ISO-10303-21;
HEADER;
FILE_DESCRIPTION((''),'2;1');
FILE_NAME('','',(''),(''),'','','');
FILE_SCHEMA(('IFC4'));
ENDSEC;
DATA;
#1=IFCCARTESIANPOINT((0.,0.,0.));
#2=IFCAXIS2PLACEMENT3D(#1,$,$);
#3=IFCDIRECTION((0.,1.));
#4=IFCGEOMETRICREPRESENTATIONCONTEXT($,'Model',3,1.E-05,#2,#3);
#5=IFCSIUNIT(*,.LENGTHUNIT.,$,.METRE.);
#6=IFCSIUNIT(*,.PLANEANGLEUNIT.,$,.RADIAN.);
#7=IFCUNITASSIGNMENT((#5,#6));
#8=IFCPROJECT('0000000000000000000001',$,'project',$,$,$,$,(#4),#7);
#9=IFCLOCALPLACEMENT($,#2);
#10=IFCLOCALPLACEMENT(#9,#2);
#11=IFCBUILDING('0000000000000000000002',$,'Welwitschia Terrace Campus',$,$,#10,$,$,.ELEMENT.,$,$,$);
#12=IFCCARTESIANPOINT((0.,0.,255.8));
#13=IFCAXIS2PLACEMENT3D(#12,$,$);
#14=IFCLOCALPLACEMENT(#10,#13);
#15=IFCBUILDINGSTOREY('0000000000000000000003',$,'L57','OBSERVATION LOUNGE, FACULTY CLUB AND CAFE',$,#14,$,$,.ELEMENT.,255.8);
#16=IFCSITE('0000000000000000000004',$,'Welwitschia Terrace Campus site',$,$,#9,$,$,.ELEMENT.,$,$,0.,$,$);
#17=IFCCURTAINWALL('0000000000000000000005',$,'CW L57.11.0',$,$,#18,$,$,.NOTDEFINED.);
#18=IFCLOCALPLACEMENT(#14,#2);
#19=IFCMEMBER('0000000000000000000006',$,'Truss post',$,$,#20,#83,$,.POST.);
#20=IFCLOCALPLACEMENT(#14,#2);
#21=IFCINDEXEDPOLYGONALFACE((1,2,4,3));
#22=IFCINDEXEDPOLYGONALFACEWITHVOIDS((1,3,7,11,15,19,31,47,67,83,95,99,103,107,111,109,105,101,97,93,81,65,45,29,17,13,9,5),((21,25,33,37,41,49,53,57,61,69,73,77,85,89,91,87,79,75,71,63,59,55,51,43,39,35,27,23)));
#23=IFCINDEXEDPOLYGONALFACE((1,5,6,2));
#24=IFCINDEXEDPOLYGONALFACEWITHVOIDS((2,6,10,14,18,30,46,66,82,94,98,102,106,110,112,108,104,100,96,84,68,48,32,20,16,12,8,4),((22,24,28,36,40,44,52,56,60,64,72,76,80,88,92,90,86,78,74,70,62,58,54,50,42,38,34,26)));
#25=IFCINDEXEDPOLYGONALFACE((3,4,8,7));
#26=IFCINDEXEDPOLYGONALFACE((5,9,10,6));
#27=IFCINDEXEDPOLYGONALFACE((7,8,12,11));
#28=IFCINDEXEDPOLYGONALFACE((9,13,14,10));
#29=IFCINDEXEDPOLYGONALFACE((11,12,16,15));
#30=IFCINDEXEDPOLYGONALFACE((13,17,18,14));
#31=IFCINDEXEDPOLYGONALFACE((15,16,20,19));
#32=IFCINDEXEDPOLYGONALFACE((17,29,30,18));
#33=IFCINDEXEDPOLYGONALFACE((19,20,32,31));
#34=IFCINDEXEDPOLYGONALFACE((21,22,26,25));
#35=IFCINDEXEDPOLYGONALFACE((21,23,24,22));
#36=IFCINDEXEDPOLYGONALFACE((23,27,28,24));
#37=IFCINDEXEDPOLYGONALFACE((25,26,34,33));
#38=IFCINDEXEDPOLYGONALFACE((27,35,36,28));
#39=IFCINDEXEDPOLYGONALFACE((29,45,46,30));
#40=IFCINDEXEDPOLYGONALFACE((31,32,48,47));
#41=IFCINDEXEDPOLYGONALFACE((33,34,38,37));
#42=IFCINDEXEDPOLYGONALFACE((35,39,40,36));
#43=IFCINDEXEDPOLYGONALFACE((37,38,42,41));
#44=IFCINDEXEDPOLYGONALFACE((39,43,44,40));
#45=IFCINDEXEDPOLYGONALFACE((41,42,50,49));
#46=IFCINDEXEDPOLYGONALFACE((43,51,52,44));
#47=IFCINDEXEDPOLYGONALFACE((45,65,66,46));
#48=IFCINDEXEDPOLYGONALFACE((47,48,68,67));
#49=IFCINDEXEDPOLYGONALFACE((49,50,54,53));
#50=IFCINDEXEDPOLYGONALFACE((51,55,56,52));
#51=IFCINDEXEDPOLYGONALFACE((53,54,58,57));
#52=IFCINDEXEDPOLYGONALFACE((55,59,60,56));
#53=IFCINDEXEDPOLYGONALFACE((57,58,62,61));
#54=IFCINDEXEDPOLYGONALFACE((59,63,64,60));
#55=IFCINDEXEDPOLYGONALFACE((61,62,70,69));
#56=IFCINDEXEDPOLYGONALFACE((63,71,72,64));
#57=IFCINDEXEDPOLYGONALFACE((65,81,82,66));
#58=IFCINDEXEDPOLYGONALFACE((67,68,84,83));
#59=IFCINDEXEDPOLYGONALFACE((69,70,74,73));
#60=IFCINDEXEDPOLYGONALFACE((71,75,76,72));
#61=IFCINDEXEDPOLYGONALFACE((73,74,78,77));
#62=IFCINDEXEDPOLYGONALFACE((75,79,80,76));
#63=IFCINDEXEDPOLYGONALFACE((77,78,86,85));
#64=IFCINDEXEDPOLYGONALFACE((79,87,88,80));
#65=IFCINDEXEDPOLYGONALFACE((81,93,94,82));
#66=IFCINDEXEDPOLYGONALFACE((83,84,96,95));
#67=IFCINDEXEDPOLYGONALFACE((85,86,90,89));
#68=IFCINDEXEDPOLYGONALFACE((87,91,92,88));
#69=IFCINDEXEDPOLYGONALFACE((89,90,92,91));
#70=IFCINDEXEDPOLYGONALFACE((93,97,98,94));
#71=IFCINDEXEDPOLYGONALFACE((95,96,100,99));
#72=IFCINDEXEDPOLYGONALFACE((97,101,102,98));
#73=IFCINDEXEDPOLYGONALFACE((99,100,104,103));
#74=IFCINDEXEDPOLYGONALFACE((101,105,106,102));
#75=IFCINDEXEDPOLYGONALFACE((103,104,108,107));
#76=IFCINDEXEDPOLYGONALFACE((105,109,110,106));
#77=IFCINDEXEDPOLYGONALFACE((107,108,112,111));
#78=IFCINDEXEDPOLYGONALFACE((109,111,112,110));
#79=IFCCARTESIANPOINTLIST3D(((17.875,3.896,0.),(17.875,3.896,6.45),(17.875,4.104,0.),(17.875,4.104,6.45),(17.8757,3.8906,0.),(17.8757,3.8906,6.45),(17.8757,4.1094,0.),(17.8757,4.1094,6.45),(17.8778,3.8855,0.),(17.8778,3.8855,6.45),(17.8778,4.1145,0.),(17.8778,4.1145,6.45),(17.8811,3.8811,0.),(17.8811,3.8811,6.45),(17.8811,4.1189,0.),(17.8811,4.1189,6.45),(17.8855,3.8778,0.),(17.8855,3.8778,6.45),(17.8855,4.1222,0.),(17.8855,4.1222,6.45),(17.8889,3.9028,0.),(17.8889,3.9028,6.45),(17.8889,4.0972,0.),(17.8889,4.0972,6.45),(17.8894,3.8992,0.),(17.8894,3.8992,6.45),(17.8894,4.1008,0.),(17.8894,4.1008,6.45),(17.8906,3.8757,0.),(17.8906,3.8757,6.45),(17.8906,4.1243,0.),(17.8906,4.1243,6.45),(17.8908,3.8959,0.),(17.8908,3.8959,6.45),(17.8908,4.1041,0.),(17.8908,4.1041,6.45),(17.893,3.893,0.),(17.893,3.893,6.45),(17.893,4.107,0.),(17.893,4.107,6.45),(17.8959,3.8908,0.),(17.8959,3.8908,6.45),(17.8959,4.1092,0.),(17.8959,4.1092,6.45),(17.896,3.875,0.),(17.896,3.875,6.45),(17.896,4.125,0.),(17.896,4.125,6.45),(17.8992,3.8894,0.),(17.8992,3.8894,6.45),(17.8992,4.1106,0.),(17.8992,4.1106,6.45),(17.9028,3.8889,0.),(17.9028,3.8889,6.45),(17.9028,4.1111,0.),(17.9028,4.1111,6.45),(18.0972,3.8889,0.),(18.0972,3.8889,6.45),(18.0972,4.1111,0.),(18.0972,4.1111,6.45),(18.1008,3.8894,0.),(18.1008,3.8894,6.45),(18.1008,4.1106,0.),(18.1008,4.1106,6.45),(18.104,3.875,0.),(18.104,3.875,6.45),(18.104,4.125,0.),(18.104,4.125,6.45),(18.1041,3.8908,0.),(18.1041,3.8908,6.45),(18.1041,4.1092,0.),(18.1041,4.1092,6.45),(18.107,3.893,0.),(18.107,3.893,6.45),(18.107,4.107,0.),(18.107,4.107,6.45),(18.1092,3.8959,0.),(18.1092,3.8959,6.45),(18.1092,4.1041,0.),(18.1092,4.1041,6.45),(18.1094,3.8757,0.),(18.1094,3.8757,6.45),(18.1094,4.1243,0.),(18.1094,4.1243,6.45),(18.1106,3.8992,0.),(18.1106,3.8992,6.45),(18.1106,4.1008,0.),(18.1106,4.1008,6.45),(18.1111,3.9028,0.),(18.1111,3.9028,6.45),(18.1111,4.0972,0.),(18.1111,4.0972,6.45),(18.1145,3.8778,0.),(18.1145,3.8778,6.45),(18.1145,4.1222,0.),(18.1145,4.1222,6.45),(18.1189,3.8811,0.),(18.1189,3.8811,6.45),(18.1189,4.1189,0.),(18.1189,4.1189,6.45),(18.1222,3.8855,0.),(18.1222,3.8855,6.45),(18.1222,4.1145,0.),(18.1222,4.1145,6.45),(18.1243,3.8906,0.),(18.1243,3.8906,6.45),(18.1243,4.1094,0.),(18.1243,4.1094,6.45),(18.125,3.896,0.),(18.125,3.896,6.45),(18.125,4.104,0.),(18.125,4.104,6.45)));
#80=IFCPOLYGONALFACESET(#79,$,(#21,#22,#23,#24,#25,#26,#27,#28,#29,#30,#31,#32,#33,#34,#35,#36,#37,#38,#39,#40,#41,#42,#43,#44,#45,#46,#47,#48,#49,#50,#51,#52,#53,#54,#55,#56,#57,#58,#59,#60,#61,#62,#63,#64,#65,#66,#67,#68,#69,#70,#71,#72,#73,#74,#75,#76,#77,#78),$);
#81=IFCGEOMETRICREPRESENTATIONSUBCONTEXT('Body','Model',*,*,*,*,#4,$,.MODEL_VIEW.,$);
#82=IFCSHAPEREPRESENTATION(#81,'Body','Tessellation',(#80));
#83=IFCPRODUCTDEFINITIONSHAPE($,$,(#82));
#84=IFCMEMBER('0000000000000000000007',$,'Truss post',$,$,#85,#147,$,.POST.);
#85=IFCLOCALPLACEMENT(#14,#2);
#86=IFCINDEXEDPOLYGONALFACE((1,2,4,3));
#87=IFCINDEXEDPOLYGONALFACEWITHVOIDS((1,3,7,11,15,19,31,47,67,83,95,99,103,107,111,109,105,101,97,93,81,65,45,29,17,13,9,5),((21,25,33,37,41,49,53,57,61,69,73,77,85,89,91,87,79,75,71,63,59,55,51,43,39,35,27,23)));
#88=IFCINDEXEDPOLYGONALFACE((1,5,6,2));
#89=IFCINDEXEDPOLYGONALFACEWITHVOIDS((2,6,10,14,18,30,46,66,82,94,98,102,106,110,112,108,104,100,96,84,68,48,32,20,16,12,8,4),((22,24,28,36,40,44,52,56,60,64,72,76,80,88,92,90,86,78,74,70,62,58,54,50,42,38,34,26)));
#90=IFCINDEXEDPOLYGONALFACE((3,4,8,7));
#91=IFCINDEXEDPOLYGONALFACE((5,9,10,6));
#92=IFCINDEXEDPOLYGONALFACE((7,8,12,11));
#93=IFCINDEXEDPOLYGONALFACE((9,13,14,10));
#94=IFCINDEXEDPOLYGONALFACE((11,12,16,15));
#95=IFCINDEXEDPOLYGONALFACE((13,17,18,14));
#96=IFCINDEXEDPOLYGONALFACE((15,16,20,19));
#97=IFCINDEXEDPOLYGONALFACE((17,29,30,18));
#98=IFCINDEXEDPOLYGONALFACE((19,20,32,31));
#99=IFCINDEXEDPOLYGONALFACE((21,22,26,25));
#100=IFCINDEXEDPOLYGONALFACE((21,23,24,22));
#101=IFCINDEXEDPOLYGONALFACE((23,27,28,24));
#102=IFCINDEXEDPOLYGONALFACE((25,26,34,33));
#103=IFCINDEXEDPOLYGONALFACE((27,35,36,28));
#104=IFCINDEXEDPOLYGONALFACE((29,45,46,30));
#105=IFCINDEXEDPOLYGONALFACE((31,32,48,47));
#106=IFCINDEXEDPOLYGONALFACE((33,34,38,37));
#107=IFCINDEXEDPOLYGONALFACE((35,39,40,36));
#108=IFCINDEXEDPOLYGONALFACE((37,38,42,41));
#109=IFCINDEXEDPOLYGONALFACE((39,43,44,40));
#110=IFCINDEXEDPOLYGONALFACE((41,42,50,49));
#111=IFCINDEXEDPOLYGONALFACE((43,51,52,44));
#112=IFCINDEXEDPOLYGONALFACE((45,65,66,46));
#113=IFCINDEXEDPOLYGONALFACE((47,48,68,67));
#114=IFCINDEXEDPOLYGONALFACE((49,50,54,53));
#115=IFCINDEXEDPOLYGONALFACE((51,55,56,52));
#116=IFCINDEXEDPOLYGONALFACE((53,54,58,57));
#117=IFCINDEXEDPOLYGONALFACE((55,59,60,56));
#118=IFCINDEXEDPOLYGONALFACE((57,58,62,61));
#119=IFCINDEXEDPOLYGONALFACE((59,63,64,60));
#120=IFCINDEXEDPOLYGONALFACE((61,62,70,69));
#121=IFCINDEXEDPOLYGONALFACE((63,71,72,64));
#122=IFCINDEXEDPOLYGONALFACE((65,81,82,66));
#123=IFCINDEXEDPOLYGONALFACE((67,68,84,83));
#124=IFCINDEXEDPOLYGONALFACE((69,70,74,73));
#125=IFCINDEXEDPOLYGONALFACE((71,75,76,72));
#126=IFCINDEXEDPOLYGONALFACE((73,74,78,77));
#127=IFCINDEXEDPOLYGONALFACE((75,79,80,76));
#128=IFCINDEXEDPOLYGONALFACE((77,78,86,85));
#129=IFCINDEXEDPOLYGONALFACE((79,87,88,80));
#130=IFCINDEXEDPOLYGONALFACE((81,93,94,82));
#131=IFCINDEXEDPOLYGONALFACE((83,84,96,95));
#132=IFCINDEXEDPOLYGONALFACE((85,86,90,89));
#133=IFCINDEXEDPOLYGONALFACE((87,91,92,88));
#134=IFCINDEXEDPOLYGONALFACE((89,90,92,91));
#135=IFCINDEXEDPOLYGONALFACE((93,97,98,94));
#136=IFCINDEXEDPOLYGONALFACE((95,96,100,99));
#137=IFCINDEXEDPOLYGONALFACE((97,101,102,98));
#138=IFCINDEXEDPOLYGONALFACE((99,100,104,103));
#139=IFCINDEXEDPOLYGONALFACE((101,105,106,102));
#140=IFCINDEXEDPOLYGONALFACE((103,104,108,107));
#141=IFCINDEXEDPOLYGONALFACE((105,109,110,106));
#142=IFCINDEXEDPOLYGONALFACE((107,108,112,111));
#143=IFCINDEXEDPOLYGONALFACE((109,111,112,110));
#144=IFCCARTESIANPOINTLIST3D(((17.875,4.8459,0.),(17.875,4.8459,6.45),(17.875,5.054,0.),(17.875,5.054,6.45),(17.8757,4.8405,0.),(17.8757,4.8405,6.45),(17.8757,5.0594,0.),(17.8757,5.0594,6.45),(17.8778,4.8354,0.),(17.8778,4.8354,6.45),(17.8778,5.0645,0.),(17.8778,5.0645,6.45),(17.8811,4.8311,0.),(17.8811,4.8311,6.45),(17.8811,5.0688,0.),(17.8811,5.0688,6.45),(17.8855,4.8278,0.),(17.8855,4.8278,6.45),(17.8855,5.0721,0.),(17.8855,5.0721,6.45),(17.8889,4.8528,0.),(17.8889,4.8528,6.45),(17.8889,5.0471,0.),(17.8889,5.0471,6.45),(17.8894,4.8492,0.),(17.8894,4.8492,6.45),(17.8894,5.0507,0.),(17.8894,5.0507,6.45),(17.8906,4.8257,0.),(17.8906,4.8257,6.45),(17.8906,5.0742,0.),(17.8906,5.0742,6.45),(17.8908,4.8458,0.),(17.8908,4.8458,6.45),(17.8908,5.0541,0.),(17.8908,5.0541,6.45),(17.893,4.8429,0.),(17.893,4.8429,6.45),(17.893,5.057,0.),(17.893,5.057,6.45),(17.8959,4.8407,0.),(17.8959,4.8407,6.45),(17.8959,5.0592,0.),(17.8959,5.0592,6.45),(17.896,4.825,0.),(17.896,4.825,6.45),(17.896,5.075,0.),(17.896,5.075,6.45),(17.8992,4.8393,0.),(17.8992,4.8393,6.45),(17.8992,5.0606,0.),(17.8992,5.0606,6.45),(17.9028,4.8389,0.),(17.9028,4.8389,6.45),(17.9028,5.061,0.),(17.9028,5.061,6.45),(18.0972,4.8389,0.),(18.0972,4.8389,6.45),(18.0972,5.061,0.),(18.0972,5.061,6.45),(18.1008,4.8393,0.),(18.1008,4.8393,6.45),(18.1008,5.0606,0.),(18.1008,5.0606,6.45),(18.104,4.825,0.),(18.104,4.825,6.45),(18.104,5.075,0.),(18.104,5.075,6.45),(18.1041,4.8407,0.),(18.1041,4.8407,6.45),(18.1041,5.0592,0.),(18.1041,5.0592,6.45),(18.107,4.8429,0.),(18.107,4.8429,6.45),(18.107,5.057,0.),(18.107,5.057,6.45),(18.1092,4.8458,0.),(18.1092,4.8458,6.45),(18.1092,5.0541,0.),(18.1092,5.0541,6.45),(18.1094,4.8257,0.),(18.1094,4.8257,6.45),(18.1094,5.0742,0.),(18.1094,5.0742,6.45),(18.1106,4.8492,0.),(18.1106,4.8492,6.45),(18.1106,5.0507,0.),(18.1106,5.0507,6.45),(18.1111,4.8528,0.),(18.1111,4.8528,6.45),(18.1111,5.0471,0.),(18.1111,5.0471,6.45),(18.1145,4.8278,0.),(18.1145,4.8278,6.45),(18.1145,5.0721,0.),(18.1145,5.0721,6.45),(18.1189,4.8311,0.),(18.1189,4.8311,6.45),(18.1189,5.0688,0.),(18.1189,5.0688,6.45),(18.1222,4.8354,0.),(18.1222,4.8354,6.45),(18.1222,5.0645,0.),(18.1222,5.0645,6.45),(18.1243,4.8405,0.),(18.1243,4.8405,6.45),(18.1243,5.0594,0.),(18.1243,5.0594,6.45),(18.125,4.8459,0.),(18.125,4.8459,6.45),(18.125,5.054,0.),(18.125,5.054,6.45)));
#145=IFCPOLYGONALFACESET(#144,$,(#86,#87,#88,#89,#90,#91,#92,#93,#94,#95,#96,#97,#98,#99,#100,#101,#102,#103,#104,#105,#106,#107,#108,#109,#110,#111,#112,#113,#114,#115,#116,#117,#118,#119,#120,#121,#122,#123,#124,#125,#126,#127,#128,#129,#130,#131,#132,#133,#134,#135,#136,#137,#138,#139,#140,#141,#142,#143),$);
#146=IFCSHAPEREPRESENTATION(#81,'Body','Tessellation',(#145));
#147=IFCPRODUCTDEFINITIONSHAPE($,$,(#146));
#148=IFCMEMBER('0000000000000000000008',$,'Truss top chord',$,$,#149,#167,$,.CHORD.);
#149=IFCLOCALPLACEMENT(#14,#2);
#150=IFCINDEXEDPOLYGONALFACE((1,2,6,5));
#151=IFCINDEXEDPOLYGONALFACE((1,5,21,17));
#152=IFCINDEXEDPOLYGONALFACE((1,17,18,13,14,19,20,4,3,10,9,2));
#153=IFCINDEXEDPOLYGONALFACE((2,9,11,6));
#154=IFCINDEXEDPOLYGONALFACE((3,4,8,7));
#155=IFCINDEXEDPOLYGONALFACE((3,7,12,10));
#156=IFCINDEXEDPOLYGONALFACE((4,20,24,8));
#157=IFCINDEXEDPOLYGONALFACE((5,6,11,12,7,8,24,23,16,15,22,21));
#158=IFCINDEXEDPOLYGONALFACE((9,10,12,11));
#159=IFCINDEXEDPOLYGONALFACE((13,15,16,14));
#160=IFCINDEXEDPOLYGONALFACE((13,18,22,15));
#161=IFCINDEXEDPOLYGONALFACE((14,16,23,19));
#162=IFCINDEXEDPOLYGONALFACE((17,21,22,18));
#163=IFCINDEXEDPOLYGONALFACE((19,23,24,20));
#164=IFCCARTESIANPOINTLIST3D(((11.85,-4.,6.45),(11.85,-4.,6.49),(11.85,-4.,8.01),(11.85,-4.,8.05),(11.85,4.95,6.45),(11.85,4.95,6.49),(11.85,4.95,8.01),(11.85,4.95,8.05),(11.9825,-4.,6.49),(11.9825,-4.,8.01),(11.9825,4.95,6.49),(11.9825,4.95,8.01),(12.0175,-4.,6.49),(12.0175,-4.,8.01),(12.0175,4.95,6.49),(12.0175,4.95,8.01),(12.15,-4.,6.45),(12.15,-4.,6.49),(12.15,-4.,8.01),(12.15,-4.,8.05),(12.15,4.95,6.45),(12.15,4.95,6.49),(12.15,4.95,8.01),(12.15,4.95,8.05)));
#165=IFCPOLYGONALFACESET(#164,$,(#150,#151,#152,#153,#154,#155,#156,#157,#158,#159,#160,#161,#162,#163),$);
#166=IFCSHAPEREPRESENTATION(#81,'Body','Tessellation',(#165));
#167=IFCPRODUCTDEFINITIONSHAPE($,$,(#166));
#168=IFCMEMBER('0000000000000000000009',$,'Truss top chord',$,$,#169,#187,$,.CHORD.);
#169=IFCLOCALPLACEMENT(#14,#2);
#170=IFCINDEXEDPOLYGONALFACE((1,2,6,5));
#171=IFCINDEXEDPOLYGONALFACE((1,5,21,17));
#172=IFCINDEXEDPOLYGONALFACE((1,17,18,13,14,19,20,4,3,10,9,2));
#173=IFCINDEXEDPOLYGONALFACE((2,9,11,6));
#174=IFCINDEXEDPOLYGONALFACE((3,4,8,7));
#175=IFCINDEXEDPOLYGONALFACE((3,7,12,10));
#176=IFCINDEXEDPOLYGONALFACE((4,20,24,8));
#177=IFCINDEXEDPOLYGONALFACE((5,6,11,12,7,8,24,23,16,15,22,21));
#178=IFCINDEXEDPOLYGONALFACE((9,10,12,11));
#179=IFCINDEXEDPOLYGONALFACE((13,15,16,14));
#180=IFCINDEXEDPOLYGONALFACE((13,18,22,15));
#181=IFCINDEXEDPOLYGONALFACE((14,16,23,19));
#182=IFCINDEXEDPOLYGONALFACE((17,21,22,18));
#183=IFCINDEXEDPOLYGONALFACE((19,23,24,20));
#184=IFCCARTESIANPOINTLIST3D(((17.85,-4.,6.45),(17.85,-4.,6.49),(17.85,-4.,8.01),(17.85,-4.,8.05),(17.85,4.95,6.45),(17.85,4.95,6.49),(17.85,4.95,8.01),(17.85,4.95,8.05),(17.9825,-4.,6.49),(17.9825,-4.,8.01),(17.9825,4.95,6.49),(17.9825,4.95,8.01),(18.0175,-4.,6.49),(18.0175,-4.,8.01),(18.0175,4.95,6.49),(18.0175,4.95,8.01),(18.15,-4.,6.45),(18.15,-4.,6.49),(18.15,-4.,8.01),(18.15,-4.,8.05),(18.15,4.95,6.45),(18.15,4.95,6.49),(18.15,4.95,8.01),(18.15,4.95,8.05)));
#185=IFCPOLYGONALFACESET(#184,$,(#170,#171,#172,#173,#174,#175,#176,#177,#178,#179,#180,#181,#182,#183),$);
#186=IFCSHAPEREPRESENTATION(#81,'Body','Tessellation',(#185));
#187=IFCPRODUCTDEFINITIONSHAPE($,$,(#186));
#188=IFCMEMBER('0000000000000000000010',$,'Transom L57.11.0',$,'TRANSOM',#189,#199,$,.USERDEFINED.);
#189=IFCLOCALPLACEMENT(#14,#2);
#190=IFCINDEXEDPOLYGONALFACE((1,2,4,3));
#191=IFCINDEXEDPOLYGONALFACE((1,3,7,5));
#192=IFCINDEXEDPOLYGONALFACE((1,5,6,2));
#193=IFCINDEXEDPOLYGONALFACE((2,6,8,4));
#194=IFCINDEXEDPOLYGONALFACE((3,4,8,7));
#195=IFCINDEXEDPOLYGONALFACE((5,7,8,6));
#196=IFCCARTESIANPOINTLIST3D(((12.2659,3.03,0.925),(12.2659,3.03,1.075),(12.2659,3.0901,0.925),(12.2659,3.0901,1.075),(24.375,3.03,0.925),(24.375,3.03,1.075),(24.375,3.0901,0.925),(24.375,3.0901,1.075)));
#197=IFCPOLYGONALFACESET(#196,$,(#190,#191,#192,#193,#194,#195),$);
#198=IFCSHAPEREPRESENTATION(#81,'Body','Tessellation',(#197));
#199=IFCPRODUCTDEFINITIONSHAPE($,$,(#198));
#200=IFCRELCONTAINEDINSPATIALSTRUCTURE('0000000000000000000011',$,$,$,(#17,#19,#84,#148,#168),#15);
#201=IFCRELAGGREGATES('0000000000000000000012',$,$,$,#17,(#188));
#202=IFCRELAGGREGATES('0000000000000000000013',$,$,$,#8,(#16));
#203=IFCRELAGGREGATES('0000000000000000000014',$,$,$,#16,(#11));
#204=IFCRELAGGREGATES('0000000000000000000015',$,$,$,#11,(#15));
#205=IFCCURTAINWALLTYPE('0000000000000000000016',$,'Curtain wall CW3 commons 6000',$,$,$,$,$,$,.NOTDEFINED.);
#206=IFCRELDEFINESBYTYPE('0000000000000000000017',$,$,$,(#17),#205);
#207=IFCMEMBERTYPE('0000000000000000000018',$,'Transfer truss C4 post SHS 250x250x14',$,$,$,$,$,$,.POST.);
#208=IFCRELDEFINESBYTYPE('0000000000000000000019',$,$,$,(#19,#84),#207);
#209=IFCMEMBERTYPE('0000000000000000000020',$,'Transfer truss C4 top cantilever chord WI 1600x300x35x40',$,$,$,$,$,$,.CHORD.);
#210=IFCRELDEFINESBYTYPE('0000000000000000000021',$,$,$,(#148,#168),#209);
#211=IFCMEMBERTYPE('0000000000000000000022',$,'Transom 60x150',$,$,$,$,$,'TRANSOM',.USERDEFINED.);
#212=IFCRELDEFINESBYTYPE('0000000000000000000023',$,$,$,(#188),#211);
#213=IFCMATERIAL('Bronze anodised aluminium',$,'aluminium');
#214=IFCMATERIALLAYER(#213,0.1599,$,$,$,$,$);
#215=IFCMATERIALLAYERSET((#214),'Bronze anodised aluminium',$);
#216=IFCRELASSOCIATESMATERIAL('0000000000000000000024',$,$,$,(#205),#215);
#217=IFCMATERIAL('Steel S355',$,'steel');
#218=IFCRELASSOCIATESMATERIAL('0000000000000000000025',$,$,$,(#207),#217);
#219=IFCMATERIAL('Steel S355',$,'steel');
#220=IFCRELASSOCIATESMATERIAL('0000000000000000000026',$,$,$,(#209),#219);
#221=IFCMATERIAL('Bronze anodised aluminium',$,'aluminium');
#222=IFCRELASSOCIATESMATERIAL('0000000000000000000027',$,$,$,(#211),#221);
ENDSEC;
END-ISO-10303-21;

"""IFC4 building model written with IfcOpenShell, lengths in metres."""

from ifc_helpers import new_model, si_unit, direction, frame, origin, origin_2d, place, context, subcontext, project, spatial, rectangle, hollow_rectangle, i_section, extrude, material, layer, layer_set, material_profile, profile_set, type_object, element, aggregate, save


model = new_model("IFC4")

# Units and contexts
model_context = context("Model", 3, precision=1e-05, world=origin(), true_north=direction((0.0, 1.0)))
body_context = subcontext(model_context, "Body", "Model", "MODEL_VIEW")
ifc_project = project(units=[si_unit("LENGTHUNIT", "METRE"), si_unit("PLANEANGLEUNIT", "RADIAN")], contexts=[model_context])

# Site, building, storey
site_placement = place(None, origin())
site = spatial("IfcSite", under=ifc_project, at=site_placement, Name="Welwitschia Terrace Campus site", CompositionType="ELEMENT", RefElevation=0.0)
building_placement = place(site_placement, origin())
building = spatial("IfcBuilding", under=site, at=building_placement, Name="Welwitschia Terrace Campus", CompositionType="ELEMENT")
storey_placement = place(building_placement, frame((0.0, 0.0, 255.8)))
storey = spatial("IfcBuildingStorey", under=building, at=storey_placement, Name="L57", Description="OBSERVATION LOUNGE, FACULTY CLUB AND CAFE", CompositionType="ELEMENT", Elevation=255.8)

# Curtain wall
ifc_material_1 = material(Name="Bronze anodised aluminium", Category="aluminium")
ifc_layer_1 = layer(ifc_material_1, 0.1599)
ifc_layer_set_1 = layer_set([ifc_layer_1], Name="Bronze anodised aluminium")
curtain_wall_type = type_object("IfcCurtainWallType", Name="Curtain wall CW3 commons 6000", PredefinedType="NOTDEFINED", material=ifc_layer_set_1)
curtain_wall_1_placement = place(storey_placement, origin())
curtain_wall_1 = element("IfcCurtainWall", 1, at=curtain_wall_1_placement, inside=storey, type_object=curtain_wall_type, Name="CW L57.11.0", PredefinedType="NOTDEFINED")

# Members
ifc_material_2 = material(Name="Steel S355", Category="steel")
ifc_material_profile_1 = material_profile(ifc_material_2, hollow_rectangle(XDim=0.25, YDim=0.25, WallThickness=0.0139, InnerFilletRadius=0.0139, OuterFilletRadius=0.021, at=origin_2d()))
ifc_profile_set_1 = profile_set([ifc_material_profile_1], Name="Steel S355")
member_type_1 = type_object("IfcMemberType", Name="Transfer truss C4 post SHS 250x250x14", PredefinedType="POST", material=ifc_profile_set_1)
for number, where, z_axis, x_axis, name in (
    (2, (18.0, 4.0, 0.0), (0.0, 0.0, 1.0), (1.0, 0.0, 0.0), "Truss post"),
    (3, (18.0, 4.95, 0.0), (0.0, 0.0, 1.0), (1.0, 0.0, 0.0), "Truss post"),
):
    element("IfcMember", number, at=place(storey_placement, frame(where, z_axis=z_axis, x_axis=x_axis)), inside=storey, type_object=member_type_1, Name=name, PredefinedType="POST", context=body_context, shape_type="SweptSolid", body=[
        extrude(hollow_rectangle(XDim=0.25, YDim=0.25, WallThickness=0.0139, InnerFilletRadius=0.0139, OuterFilletRadius=0.021, at=origin_2d()), origin(), (0.0, 0.0, 1.0), 6.45),
    ])
ifc_material_3 = material(Name="Steel S355", Category="steel")
ifc_material_profile_2 = material_profile(ifc_material_3, i_section(OverallWidth=0.3, OverallDepth=1.6001, WebThickness=0.0349, FlangeThickness=0.04, at=origin_2d()))
ifc_profile_set_2 = profile_set([ifc_material_profile_2], Name="Steel S355")
member_type_2 = type_object("IfcMemberType", Name="Transfer truss C4 top cantilever chord WI 1600x300x35x40", PredefinedType="CHORD", material=ifc_profile_set_2)
for number, where, z_axis, x_axis, name in (
    (4, (12.0, -4.0, 7.25), (0.0, 1.0, 0.0), (-1.0, 0.0, 0.0), "Truss top chord"),
    (5, (18.0, -4.0, 7.25), (0.0, 1.0, 0.0), (-1.0, 0.0, 0.0), "Truss top chord"),
):
    element("IfcMember", number, at=place(storey_placement, frame(where, z_axis=z_axis, x_axis=x_axis)), inside=storey, type_object=member_type_2, Name=name, PredefinedType="CHORD", context=body_context, shape_type="SweptSolid", body=[
        extrude(i_section(OverallWidth=0.3, OverallDepth=1.6001, WebThickness=0.0349, FlangeThickness=0.04, at=origin_2d()), origin(), (0.0, 0.0, 1.0), 8.95),
    ])

# Member
ifc_material_4 = material(Name="Bronze anodised aluminium", Category="aluminium")
ifc_material_profile_3 = material_profile(ifc_material_4, rectangle(XDim=0.0601, YDim=0.1499, at=origin_2d()))
ifc_profile_set_3 = profile_set([ifc_material_profile_3], Name="Bronze anodised aluminium")
member_type_3 = type_object("IfcMemberType", Name="Transom 60x150", ElementType="TRANSOM", PredefinedType="USERDEFINED", material=ifc_profile_set_3)
member_1_placement = place(storey_placement, frame((12.2659, 3.0601, 1.0), z_axis=(1.0, 0.0, 0.0), x_axis=(0.0, 1.0, 0.0)))
member_1 = element("IfcMember", 6, at=member_1_placement, type_object=member_type_3, Name="Transom L57.11.0", ObjectType="TRANSOM", PredefinedType="USERDEFINED", context=body_context, shape_type="SweptSolid", body=[
    extrude(rectangle(XDim=0.0601, YDim=0.1499, at=origin_2d()), origin(), (0.0, 0.0, 1.0), 12.1091),
])

aggregate(curtain_wall_1, [member_1])

save(model, "model.ifc")
